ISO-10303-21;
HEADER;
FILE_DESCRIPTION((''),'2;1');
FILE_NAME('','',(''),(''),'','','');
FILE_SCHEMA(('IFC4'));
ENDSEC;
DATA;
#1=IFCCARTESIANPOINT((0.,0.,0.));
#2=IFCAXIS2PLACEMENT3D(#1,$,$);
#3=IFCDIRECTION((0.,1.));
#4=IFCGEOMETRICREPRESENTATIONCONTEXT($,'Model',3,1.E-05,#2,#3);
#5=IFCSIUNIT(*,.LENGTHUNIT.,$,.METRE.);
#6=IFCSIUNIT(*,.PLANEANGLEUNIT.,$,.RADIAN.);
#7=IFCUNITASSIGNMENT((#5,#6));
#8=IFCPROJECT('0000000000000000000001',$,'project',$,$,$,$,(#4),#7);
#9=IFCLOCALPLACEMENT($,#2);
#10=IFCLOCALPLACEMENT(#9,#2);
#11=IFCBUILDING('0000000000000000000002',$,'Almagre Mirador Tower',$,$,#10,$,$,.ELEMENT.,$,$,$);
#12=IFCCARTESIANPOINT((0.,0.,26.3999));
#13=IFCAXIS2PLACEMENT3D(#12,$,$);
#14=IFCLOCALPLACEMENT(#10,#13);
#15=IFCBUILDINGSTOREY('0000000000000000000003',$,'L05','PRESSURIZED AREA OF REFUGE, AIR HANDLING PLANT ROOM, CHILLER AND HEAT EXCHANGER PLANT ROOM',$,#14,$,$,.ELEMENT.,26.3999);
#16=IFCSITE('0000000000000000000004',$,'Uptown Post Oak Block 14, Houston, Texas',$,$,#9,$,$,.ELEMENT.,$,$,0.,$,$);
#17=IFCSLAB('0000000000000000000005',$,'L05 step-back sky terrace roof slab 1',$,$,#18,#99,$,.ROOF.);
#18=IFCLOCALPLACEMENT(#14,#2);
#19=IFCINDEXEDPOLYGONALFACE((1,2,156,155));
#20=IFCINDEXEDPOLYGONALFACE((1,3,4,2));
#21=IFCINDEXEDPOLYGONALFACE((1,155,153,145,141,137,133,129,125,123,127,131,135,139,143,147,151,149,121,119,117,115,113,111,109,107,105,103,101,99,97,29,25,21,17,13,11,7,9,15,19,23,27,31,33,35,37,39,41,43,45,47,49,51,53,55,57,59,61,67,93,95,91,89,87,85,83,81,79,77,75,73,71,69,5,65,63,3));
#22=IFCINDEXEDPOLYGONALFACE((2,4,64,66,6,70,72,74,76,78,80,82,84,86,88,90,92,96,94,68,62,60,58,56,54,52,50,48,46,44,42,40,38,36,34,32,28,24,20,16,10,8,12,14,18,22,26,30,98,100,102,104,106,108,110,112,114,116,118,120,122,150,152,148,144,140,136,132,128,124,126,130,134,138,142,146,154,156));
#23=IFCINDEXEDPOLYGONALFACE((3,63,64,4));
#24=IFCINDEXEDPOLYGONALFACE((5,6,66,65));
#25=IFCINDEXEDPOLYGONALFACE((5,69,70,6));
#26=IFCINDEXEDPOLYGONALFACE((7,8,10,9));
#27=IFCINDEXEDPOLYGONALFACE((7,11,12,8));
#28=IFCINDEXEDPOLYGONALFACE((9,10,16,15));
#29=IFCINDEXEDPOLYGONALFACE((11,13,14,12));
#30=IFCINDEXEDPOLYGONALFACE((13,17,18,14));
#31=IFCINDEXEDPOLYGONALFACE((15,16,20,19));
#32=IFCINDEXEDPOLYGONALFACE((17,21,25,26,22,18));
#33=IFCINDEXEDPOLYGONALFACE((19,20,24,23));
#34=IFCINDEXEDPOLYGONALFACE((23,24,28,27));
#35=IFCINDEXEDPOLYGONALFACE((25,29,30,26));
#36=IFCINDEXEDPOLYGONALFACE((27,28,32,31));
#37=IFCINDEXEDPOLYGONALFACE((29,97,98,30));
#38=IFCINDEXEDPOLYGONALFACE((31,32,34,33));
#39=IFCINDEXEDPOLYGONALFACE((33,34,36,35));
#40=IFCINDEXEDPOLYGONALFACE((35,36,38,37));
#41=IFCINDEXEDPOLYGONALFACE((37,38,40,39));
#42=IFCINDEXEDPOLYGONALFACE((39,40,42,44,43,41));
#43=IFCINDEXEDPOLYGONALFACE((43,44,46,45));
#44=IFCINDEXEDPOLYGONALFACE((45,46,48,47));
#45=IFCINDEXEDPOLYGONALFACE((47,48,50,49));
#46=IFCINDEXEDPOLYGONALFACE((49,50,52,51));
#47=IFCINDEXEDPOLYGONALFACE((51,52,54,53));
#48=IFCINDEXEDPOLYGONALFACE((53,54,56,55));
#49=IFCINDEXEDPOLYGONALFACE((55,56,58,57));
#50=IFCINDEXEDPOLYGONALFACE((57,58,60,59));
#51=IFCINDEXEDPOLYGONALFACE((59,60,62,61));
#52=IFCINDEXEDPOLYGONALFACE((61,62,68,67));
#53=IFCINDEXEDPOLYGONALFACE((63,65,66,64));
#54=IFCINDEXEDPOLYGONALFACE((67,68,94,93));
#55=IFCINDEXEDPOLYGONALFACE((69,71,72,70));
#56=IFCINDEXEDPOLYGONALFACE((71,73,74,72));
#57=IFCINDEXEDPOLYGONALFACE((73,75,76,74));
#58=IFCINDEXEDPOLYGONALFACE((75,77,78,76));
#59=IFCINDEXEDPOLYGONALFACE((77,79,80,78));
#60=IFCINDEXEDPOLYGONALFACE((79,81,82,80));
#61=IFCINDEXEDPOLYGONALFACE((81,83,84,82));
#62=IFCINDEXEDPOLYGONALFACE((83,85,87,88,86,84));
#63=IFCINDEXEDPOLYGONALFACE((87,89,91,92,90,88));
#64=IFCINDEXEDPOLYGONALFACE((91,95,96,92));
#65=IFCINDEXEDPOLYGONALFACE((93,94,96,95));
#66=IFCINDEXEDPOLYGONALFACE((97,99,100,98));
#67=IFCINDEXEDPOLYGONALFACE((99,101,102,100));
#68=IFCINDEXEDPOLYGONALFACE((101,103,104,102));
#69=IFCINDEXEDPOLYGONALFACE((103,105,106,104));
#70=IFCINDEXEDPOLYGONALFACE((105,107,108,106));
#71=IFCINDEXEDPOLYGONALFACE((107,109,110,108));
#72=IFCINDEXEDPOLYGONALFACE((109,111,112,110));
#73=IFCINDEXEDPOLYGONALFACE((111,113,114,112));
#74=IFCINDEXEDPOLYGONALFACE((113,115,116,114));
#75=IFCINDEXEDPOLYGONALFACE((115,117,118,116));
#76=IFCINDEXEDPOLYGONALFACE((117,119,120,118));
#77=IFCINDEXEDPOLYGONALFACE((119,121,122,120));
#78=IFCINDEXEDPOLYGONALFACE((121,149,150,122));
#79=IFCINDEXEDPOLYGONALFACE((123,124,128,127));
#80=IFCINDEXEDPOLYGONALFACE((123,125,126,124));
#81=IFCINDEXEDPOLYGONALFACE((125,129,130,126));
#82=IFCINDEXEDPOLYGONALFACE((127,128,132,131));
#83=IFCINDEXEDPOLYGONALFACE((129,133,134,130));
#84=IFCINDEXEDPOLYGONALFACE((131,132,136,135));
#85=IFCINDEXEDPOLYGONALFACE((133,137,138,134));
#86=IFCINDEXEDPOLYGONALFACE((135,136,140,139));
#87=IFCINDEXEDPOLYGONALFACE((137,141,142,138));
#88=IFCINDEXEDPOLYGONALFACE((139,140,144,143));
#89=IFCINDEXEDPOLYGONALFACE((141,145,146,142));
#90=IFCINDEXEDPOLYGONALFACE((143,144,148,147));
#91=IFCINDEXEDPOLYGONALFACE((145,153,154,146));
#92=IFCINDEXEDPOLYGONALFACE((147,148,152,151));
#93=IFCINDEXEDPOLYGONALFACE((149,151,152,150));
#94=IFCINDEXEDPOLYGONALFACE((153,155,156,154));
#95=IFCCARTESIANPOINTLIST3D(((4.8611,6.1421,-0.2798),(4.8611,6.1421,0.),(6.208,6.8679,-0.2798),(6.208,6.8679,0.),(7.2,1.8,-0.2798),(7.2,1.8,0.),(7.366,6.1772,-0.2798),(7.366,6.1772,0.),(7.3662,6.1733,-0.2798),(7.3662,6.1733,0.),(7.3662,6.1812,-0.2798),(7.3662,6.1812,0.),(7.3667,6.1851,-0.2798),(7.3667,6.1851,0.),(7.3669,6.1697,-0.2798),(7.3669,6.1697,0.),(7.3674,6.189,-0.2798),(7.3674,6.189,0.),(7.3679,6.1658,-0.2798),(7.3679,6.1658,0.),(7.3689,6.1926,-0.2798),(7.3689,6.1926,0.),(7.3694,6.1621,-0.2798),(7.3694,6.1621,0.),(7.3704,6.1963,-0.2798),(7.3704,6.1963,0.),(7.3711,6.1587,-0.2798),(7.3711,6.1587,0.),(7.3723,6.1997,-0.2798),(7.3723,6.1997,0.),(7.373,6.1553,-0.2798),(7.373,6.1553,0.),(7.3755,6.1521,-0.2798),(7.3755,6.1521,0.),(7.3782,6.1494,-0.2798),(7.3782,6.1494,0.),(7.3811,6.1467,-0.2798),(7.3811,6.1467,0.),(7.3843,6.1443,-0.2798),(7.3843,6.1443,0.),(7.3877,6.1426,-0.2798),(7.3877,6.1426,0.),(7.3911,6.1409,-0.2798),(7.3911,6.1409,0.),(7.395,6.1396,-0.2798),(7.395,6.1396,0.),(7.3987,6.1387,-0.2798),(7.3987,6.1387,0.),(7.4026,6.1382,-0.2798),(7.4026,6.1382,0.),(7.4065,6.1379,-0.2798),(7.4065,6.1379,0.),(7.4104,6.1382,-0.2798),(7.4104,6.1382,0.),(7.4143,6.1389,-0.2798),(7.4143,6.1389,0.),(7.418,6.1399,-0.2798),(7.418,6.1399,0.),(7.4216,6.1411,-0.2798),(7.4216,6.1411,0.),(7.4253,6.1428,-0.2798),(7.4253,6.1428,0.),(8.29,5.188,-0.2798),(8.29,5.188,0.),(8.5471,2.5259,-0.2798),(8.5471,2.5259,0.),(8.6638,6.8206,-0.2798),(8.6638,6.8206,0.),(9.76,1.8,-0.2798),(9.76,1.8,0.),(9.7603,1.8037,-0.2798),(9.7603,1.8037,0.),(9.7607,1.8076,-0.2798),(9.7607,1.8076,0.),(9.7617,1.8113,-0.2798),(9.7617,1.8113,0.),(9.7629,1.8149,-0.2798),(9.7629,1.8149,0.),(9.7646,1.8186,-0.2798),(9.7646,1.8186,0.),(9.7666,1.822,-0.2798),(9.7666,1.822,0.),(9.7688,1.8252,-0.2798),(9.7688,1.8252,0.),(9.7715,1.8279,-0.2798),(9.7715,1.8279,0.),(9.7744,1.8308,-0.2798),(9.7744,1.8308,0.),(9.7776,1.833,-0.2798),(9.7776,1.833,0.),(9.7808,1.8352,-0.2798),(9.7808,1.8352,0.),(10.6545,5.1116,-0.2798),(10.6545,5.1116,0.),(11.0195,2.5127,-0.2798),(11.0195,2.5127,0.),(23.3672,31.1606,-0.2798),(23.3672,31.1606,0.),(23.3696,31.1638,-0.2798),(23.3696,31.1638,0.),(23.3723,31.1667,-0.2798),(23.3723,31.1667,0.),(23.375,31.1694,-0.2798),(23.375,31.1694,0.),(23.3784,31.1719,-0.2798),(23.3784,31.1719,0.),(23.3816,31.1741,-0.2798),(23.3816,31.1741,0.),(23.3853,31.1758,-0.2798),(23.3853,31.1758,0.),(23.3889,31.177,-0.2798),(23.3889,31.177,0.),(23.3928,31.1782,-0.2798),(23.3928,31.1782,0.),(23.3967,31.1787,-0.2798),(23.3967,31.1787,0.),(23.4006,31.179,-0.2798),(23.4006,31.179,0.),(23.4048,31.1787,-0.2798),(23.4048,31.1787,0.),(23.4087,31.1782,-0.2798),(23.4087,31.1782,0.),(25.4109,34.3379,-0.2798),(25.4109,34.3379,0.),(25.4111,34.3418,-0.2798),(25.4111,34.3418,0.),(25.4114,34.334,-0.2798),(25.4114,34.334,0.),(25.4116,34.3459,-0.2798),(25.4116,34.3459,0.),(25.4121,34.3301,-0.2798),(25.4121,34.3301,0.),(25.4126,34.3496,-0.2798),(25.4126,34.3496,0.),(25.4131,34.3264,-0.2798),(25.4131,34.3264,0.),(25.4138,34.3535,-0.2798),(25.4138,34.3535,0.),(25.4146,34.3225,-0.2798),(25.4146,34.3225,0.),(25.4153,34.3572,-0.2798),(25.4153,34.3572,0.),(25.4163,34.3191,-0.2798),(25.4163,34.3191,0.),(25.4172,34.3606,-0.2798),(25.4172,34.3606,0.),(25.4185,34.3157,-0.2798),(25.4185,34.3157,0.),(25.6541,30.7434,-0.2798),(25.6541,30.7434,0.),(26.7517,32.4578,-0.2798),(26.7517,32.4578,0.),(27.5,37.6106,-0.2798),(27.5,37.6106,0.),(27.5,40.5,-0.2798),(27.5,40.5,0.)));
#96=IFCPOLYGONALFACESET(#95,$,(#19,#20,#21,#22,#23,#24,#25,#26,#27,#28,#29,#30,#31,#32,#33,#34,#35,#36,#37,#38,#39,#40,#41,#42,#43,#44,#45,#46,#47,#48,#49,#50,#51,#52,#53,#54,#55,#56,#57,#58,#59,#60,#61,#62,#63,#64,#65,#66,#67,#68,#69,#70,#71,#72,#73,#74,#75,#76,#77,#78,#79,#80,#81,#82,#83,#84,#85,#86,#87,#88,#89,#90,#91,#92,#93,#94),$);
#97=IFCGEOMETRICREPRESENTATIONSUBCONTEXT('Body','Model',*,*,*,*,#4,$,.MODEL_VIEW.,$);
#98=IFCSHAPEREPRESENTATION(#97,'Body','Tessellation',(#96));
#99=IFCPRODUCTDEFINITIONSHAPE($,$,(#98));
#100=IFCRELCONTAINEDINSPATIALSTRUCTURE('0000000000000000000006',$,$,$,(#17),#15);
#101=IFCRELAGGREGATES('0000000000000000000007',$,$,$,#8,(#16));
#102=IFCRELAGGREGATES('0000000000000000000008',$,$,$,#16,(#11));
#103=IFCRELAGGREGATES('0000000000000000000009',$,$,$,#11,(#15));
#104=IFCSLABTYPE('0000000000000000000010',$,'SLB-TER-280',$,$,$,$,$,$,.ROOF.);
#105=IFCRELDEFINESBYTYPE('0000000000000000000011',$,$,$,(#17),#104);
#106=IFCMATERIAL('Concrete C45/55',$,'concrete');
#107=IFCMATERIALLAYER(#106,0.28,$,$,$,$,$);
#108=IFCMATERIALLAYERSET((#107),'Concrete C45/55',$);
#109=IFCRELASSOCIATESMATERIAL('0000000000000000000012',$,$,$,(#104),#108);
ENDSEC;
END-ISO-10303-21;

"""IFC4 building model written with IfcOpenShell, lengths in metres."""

from ifc_helpers import new_model, si_unit, direction, frame, origin, place, context, subcontext, project, spatial, polyline, outline, extrude, material, layer, layer_set, type_object, element, save


model = new_model("IFC4")

# Units and contexts
model_context = context("Model", 3, precision=1e-05, world=origin(), true_north=direction((0.0, 1.0)))
body_context = subcontext(model_context, "Body", "Model", "MODEL_VIEW")
ifc_project = project(units=[si_unit("LENGTHUNIT", "METRE"), si_unit("PLANEANGLEUNIT", "RADIAN")], contexts=[model_context])

# Site, building, storey
site_placement = place(None, origin())
site = spatial("IfcSite", under=ifc_project, at=site_placement, Name="Uptown Post Oak Block 14, Houston, Texas", CompositionType="ELEMENT", RefElevation=0.0)
building_placement = place(site_placement, origin())
building = spatial("IfcBuilding", under=site, at=building_placement, Name="Almagre Mirador Tower", CompositionType="ELEMENT")
storey_placement = place(building_placement, frame((0.0, 0.0, 26.3999)))
storey = spatial("IfcBuildingStorey", under=building, at=storey_placement, Name="L05", Description="PRESSURIZED AREA OF REFUGE, AIR HANDLING PLANT ROOM, CHILLER AND HEAT EXCHANGER PLANT ROOM", CompositionType="ELEMENT", Elevation=26.3999)

# Slab
ifc_material_1 = material(Name="Concrete C45/55", Category="concrete")
ifc_layer_1 = layer(ifc_material_1, 0.28)
ifc_layer_set_1 = layer_set([ifc_layer_1], Name="Concrete C45/55")
slab_type_1 = type_object("IfcSlabType", Name="SLB-TER-280", PredefinedType="ROOF", material=ifc_layer_set_1)
slab_1_placement = place(storey_placement, frame((0.0, 0.0, -0.2798)))
element("IfcSlab", 1, at=slab_1_placement, inside=storey, type_object=slab_type_1, Name="L05 step-back sky terrace roof slab 1", PredefinedType="ROOF", context=body_context, shape_type="SweptSolid", body=[
    extrude(outline(polyline([(7.2, 1.8), (9.76, 1.8), (9.7603, 1.8037), (9.7607, 1.8076), (9.7617, 1.8113), (9.7629, 1.8149), (9.7646, 1.8186), (9.7666, 1.822), (9.7688, 1.8252), (9.7715, 1.8279), (9.7744, 1.8308), (9.7776, 1.833), (9.7808, 1.8352), (11.0195, 2.5127), (10.6545, 5.1116), (8.6638, 6.8206), (7.4253, 6.1428), (7.4216, 6.1411), (7.418, 6.1399), (7.4143, 6.1389), (7.4104, 6.1382), (7.4065, 6.1379), (7.4026, 6.1382), (7.3987, 6.1387), (7.395, 6.1396), (7.3911, 6.1409), (7.3877, 6.1426), (7.3843, 6.1443), (7.3811, 6.1467), (7.3782, 6.1494), (7.3755, 6.1521), (7.373, 6.1553), (7.3711, 6.1587), (7.3694, 6.1621), (7.3679, 6.1658), (7.3669, 6.1697), (7.3662, 6.1733), (7.366, 6.1772), (7.3662, 6.1812), (7.3667, 6.1851), (7.3674, 6.189), (7.3689, 6.1926), (7.3704, 6.1963), (7.3723, 6.1997), (23.3672, 31.1606), (23.3696, 31.1638), (23.3723, 31.1667), (23.375, 31.1694), (23.3784, 31.1719), (23.3816, 31.1741), (23.3853, 31.1758), (23.3889, 31.177), (23.3928, 31.1782), (23.3967, 31.1787), (23.4006, 31.179), (23.4048, 31.1787), (23.4087, 31.1782), (25.6541, 30.7434), (26.7517, 32.4578), (25.4185, 34.3157), (25.4163, 34.3191), (25.4146, 34.3225), (25.4131, 34.3264), (25.4121, 34.3301), (25.4114, 34.334), (25.4109, 34.3379), (25.4111, 34.3418), (25.4116, 34.3459), (25.4126, 34.3496), (25.4138, 34.3535), (25.4153, 34.3572), (25.4172, 34.3606), (27.5, 37.6106), (27.5, 40.5), (4.8611, 6.1421), (6.208, 6.8679), (8.29, 5.188), (8.5471, 2.5259), (7.2, 1.8)])), origin(), (0.0, 0.0, 1.0), 0.2798),
])

save(model, "model.ifc")
